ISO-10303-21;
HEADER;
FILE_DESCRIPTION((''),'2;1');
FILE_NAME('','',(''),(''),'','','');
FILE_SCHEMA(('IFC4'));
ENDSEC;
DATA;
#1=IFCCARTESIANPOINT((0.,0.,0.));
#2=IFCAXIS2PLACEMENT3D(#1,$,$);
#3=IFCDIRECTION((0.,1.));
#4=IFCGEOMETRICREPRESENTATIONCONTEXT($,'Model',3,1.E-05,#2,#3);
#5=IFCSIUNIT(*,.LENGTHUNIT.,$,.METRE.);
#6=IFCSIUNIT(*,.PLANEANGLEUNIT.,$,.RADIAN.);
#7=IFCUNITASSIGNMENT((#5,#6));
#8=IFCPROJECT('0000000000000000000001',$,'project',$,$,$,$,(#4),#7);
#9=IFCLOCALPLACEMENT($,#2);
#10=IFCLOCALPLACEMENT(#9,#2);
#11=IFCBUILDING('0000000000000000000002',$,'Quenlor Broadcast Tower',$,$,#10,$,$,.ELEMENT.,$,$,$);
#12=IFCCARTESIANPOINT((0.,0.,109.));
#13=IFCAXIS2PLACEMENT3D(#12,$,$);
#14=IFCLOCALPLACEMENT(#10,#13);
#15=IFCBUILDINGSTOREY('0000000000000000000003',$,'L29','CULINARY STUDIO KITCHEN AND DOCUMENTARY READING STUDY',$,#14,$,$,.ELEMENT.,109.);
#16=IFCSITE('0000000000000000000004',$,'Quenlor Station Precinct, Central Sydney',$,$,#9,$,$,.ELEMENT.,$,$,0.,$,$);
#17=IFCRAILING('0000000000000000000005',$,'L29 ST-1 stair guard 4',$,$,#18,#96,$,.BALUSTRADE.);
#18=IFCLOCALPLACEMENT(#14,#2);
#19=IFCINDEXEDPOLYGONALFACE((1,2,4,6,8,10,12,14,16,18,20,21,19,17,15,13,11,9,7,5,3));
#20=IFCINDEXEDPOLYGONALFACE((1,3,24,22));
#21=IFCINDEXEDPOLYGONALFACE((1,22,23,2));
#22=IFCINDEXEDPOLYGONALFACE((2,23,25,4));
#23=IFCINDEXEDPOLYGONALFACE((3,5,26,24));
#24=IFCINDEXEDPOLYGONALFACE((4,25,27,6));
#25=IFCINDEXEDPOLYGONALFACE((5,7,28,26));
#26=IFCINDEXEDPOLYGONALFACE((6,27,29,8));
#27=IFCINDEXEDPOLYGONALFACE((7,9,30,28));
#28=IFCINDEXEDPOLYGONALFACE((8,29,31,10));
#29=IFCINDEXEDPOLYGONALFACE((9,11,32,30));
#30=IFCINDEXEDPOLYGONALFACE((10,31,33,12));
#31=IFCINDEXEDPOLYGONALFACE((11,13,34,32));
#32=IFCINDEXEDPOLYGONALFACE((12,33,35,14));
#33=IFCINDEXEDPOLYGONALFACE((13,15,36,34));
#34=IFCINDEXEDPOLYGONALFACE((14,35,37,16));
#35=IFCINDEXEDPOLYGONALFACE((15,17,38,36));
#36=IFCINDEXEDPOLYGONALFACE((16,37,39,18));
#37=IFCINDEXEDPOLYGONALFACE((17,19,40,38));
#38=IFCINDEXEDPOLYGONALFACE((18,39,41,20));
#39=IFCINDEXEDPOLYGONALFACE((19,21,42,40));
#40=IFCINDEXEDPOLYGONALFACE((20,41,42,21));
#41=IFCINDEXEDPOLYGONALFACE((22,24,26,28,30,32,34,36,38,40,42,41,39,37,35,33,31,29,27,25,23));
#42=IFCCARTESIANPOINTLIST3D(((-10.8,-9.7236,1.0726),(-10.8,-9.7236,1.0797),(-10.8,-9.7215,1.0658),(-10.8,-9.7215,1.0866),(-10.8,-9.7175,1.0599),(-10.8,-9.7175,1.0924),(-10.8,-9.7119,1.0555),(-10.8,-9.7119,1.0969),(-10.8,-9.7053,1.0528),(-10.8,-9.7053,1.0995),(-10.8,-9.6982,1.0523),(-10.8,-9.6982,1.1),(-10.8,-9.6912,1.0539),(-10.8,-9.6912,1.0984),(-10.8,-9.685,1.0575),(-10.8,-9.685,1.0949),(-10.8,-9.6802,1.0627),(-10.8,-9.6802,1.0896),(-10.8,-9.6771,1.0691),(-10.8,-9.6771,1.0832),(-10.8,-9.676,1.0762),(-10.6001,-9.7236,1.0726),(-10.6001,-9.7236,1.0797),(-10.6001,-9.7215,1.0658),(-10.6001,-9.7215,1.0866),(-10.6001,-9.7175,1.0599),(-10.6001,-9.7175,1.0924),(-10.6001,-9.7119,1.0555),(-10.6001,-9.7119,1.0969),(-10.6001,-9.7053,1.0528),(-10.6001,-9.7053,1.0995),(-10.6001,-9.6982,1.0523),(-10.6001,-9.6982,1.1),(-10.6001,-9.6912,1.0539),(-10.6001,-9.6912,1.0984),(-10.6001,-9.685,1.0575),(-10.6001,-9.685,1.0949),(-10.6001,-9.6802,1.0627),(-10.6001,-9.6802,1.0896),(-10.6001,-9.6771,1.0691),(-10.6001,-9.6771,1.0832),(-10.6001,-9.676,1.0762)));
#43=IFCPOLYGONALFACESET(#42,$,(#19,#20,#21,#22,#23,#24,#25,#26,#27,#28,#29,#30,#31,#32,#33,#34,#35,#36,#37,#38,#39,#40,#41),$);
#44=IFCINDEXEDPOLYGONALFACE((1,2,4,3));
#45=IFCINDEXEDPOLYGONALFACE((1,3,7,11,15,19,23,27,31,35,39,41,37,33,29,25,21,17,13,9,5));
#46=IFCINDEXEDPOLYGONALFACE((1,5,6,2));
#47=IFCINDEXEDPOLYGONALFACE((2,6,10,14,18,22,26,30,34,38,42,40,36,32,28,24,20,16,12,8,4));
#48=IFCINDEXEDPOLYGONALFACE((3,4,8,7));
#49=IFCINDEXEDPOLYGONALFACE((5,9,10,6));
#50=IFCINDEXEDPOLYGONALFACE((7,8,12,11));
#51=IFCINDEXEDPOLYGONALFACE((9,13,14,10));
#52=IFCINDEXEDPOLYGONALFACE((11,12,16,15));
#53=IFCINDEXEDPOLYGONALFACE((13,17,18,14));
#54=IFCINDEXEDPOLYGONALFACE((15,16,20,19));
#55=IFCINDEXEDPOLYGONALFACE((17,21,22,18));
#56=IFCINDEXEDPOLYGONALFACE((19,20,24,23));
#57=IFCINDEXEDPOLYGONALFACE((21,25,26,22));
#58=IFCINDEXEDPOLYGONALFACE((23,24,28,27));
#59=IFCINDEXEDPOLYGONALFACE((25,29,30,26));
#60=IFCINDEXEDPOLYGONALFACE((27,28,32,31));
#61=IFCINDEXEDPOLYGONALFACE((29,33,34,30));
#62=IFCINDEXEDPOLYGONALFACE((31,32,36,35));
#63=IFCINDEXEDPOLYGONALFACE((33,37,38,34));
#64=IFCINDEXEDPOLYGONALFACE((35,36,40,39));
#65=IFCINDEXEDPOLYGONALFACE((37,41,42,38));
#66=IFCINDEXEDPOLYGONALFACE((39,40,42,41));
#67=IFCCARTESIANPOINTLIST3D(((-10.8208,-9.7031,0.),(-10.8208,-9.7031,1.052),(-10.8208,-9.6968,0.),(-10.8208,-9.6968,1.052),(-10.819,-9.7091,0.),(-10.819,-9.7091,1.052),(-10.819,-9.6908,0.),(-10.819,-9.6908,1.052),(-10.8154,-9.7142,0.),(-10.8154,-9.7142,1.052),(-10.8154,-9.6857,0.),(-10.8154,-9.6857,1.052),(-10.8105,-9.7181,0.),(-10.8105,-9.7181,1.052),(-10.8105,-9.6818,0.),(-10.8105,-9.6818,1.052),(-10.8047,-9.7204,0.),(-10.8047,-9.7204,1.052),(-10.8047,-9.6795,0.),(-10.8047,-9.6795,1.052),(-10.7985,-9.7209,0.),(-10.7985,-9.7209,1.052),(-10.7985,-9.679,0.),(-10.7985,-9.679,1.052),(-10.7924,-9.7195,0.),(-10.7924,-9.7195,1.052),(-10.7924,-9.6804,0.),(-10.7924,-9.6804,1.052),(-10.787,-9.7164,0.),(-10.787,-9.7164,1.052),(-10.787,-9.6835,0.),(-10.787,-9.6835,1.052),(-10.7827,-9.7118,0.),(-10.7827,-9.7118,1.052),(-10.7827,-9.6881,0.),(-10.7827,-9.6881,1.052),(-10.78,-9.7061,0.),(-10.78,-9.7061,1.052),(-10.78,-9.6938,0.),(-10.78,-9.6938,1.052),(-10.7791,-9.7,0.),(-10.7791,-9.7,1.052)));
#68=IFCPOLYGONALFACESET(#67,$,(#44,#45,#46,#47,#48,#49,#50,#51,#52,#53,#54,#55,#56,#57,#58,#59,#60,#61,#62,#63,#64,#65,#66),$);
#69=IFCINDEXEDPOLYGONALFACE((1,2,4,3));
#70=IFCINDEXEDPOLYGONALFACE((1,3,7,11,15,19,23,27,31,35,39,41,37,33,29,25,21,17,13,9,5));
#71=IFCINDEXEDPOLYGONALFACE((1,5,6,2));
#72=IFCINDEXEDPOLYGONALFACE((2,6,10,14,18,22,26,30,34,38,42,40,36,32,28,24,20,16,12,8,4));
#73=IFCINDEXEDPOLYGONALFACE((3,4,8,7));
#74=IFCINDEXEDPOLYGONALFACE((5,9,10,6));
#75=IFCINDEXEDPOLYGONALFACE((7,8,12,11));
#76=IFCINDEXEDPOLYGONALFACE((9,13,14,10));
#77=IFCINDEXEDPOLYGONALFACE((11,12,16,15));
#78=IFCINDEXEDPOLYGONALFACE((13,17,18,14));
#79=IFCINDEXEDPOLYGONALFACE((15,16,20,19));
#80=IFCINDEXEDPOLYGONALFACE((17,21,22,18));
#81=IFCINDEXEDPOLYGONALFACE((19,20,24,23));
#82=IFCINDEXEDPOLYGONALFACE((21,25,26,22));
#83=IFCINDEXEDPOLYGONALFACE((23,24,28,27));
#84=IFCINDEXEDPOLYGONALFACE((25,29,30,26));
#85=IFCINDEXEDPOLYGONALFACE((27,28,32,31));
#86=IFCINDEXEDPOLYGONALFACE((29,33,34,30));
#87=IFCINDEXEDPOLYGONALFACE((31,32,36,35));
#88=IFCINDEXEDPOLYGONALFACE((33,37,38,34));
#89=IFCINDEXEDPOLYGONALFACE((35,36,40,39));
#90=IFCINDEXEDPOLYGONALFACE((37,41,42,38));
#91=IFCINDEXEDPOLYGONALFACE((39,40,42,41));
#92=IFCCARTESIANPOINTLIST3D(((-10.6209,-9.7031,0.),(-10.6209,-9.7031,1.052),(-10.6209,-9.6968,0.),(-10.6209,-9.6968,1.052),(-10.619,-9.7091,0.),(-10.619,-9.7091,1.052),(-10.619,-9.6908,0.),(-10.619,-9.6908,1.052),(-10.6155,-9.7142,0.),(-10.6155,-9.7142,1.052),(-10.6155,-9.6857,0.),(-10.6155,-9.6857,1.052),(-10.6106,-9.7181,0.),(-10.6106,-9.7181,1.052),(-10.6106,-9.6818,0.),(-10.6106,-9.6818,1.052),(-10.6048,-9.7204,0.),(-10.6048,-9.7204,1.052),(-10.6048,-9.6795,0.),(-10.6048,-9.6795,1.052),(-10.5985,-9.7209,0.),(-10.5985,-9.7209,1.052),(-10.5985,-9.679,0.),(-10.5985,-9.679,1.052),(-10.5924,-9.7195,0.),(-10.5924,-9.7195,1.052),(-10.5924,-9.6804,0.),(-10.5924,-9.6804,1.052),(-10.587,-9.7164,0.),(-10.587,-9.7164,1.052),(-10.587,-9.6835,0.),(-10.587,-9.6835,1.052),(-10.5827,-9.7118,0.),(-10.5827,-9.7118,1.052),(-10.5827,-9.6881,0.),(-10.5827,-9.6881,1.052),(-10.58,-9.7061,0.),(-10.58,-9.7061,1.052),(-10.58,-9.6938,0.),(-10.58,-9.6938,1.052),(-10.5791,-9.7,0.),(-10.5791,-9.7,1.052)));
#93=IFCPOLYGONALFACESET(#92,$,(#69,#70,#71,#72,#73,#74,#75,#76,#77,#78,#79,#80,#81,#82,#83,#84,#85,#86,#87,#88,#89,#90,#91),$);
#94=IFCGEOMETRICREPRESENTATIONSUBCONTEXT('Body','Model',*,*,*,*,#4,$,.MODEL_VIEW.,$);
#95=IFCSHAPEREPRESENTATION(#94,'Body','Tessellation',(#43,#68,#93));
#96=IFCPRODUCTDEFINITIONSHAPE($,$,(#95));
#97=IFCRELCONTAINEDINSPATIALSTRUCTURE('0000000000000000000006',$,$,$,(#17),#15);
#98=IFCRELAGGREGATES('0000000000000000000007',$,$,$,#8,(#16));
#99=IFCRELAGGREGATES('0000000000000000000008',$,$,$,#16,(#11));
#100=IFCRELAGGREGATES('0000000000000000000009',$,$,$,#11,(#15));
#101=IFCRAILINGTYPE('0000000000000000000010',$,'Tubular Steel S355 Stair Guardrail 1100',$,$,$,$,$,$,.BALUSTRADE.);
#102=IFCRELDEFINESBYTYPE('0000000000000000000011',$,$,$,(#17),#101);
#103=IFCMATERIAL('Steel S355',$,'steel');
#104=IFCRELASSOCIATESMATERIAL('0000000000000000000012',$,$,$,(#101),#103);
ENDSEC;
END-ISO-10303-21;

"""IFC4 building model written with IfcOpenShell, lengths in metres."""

from ifc_helpers import new_model, si_unit, direction, frame, origin, origin_2d, place, context, subcontext, project, spatial, circle, extrude, material, type_object, element, save


model = new_model("IFC4")

# Units and contexts
model_context = context("Model", 3, precision=1e-05, world=origin(), true_north=direction((0.0, 1.0)))
body_context = subcontext(model_context, "Body", "Model", "MODEL_VIEW")
ifc_project = project(units=[si_unit("LENGTHUNIT", "METRE"), si_unit("PLANEANGLEUNIT", "RADIAN")], contexts=[model_context])

# Site, building, storey
site_placement = place(None, origin())
site = spatial("IfcSite", under=ifc_project, at=site_placement, Name="Quenlor Station Precinct, Central Sydney", CompositionType="ELEMENT", RefElevation=0.0)
building_placement = place(site_placement, origin())
building = spatial("IfcBuilding", under=site, at=building_placement, Name="Quenlor Broadcast Tower", CompositionType="ELEMENT")
storey_placement = place(building_placement, frame((0.0, 0.0, 109.0)))
storey = spatial("IfcBuildingStorey", under=building, at=storey_placement, Name="L29", Description="CULINARY STUDIO KITCHEN AND DOCUMENTARY READING STUDY", CompositionType="ELEMENT", Elevation=109.0)

# Railing
ifc_material_1 = material(Name="Steel S355", Category="steel")
railing_type_1 = type_object("IfcRailingType", Name="Tubular Steel S355 Stair Guardrail 1100", PredefinedType="BALUSTRADE", material=ifc_material_1)
railing_1_placement = place(storey_placement, frame((-10.8, -9.7, 0.0)))
element("IfcRailing", 1, at=railing_1_placement, inside=storey, type_object=railing_type_1, Name="L29 ST-1 stair guard 4", PredefinedType="BALUSTRADE", context=body_context, shape_type="SweptSolid", body=[
    extrude(circle(Radius=0.0239, at=origin_2d()), frame((0.0, 0.0, 1.0762), z_axis=(1.0, 0.0, 0.0), x_axis=(0.0, 1.0, 0.0)), (0.0, 0.0, 1.0), 0.2),
    extrude(circle(Radius=0.021, at=origin_2d()), origin(), (0.0, 0.0, 1.0), 1.052),
    extrude(circle(Radius=0.021, at=origin_2d()), frame((0.2, 0.0, 0.0)), (0.0, 0.0, 1.0), 1.052),
])

save(model, "model.ifc")
